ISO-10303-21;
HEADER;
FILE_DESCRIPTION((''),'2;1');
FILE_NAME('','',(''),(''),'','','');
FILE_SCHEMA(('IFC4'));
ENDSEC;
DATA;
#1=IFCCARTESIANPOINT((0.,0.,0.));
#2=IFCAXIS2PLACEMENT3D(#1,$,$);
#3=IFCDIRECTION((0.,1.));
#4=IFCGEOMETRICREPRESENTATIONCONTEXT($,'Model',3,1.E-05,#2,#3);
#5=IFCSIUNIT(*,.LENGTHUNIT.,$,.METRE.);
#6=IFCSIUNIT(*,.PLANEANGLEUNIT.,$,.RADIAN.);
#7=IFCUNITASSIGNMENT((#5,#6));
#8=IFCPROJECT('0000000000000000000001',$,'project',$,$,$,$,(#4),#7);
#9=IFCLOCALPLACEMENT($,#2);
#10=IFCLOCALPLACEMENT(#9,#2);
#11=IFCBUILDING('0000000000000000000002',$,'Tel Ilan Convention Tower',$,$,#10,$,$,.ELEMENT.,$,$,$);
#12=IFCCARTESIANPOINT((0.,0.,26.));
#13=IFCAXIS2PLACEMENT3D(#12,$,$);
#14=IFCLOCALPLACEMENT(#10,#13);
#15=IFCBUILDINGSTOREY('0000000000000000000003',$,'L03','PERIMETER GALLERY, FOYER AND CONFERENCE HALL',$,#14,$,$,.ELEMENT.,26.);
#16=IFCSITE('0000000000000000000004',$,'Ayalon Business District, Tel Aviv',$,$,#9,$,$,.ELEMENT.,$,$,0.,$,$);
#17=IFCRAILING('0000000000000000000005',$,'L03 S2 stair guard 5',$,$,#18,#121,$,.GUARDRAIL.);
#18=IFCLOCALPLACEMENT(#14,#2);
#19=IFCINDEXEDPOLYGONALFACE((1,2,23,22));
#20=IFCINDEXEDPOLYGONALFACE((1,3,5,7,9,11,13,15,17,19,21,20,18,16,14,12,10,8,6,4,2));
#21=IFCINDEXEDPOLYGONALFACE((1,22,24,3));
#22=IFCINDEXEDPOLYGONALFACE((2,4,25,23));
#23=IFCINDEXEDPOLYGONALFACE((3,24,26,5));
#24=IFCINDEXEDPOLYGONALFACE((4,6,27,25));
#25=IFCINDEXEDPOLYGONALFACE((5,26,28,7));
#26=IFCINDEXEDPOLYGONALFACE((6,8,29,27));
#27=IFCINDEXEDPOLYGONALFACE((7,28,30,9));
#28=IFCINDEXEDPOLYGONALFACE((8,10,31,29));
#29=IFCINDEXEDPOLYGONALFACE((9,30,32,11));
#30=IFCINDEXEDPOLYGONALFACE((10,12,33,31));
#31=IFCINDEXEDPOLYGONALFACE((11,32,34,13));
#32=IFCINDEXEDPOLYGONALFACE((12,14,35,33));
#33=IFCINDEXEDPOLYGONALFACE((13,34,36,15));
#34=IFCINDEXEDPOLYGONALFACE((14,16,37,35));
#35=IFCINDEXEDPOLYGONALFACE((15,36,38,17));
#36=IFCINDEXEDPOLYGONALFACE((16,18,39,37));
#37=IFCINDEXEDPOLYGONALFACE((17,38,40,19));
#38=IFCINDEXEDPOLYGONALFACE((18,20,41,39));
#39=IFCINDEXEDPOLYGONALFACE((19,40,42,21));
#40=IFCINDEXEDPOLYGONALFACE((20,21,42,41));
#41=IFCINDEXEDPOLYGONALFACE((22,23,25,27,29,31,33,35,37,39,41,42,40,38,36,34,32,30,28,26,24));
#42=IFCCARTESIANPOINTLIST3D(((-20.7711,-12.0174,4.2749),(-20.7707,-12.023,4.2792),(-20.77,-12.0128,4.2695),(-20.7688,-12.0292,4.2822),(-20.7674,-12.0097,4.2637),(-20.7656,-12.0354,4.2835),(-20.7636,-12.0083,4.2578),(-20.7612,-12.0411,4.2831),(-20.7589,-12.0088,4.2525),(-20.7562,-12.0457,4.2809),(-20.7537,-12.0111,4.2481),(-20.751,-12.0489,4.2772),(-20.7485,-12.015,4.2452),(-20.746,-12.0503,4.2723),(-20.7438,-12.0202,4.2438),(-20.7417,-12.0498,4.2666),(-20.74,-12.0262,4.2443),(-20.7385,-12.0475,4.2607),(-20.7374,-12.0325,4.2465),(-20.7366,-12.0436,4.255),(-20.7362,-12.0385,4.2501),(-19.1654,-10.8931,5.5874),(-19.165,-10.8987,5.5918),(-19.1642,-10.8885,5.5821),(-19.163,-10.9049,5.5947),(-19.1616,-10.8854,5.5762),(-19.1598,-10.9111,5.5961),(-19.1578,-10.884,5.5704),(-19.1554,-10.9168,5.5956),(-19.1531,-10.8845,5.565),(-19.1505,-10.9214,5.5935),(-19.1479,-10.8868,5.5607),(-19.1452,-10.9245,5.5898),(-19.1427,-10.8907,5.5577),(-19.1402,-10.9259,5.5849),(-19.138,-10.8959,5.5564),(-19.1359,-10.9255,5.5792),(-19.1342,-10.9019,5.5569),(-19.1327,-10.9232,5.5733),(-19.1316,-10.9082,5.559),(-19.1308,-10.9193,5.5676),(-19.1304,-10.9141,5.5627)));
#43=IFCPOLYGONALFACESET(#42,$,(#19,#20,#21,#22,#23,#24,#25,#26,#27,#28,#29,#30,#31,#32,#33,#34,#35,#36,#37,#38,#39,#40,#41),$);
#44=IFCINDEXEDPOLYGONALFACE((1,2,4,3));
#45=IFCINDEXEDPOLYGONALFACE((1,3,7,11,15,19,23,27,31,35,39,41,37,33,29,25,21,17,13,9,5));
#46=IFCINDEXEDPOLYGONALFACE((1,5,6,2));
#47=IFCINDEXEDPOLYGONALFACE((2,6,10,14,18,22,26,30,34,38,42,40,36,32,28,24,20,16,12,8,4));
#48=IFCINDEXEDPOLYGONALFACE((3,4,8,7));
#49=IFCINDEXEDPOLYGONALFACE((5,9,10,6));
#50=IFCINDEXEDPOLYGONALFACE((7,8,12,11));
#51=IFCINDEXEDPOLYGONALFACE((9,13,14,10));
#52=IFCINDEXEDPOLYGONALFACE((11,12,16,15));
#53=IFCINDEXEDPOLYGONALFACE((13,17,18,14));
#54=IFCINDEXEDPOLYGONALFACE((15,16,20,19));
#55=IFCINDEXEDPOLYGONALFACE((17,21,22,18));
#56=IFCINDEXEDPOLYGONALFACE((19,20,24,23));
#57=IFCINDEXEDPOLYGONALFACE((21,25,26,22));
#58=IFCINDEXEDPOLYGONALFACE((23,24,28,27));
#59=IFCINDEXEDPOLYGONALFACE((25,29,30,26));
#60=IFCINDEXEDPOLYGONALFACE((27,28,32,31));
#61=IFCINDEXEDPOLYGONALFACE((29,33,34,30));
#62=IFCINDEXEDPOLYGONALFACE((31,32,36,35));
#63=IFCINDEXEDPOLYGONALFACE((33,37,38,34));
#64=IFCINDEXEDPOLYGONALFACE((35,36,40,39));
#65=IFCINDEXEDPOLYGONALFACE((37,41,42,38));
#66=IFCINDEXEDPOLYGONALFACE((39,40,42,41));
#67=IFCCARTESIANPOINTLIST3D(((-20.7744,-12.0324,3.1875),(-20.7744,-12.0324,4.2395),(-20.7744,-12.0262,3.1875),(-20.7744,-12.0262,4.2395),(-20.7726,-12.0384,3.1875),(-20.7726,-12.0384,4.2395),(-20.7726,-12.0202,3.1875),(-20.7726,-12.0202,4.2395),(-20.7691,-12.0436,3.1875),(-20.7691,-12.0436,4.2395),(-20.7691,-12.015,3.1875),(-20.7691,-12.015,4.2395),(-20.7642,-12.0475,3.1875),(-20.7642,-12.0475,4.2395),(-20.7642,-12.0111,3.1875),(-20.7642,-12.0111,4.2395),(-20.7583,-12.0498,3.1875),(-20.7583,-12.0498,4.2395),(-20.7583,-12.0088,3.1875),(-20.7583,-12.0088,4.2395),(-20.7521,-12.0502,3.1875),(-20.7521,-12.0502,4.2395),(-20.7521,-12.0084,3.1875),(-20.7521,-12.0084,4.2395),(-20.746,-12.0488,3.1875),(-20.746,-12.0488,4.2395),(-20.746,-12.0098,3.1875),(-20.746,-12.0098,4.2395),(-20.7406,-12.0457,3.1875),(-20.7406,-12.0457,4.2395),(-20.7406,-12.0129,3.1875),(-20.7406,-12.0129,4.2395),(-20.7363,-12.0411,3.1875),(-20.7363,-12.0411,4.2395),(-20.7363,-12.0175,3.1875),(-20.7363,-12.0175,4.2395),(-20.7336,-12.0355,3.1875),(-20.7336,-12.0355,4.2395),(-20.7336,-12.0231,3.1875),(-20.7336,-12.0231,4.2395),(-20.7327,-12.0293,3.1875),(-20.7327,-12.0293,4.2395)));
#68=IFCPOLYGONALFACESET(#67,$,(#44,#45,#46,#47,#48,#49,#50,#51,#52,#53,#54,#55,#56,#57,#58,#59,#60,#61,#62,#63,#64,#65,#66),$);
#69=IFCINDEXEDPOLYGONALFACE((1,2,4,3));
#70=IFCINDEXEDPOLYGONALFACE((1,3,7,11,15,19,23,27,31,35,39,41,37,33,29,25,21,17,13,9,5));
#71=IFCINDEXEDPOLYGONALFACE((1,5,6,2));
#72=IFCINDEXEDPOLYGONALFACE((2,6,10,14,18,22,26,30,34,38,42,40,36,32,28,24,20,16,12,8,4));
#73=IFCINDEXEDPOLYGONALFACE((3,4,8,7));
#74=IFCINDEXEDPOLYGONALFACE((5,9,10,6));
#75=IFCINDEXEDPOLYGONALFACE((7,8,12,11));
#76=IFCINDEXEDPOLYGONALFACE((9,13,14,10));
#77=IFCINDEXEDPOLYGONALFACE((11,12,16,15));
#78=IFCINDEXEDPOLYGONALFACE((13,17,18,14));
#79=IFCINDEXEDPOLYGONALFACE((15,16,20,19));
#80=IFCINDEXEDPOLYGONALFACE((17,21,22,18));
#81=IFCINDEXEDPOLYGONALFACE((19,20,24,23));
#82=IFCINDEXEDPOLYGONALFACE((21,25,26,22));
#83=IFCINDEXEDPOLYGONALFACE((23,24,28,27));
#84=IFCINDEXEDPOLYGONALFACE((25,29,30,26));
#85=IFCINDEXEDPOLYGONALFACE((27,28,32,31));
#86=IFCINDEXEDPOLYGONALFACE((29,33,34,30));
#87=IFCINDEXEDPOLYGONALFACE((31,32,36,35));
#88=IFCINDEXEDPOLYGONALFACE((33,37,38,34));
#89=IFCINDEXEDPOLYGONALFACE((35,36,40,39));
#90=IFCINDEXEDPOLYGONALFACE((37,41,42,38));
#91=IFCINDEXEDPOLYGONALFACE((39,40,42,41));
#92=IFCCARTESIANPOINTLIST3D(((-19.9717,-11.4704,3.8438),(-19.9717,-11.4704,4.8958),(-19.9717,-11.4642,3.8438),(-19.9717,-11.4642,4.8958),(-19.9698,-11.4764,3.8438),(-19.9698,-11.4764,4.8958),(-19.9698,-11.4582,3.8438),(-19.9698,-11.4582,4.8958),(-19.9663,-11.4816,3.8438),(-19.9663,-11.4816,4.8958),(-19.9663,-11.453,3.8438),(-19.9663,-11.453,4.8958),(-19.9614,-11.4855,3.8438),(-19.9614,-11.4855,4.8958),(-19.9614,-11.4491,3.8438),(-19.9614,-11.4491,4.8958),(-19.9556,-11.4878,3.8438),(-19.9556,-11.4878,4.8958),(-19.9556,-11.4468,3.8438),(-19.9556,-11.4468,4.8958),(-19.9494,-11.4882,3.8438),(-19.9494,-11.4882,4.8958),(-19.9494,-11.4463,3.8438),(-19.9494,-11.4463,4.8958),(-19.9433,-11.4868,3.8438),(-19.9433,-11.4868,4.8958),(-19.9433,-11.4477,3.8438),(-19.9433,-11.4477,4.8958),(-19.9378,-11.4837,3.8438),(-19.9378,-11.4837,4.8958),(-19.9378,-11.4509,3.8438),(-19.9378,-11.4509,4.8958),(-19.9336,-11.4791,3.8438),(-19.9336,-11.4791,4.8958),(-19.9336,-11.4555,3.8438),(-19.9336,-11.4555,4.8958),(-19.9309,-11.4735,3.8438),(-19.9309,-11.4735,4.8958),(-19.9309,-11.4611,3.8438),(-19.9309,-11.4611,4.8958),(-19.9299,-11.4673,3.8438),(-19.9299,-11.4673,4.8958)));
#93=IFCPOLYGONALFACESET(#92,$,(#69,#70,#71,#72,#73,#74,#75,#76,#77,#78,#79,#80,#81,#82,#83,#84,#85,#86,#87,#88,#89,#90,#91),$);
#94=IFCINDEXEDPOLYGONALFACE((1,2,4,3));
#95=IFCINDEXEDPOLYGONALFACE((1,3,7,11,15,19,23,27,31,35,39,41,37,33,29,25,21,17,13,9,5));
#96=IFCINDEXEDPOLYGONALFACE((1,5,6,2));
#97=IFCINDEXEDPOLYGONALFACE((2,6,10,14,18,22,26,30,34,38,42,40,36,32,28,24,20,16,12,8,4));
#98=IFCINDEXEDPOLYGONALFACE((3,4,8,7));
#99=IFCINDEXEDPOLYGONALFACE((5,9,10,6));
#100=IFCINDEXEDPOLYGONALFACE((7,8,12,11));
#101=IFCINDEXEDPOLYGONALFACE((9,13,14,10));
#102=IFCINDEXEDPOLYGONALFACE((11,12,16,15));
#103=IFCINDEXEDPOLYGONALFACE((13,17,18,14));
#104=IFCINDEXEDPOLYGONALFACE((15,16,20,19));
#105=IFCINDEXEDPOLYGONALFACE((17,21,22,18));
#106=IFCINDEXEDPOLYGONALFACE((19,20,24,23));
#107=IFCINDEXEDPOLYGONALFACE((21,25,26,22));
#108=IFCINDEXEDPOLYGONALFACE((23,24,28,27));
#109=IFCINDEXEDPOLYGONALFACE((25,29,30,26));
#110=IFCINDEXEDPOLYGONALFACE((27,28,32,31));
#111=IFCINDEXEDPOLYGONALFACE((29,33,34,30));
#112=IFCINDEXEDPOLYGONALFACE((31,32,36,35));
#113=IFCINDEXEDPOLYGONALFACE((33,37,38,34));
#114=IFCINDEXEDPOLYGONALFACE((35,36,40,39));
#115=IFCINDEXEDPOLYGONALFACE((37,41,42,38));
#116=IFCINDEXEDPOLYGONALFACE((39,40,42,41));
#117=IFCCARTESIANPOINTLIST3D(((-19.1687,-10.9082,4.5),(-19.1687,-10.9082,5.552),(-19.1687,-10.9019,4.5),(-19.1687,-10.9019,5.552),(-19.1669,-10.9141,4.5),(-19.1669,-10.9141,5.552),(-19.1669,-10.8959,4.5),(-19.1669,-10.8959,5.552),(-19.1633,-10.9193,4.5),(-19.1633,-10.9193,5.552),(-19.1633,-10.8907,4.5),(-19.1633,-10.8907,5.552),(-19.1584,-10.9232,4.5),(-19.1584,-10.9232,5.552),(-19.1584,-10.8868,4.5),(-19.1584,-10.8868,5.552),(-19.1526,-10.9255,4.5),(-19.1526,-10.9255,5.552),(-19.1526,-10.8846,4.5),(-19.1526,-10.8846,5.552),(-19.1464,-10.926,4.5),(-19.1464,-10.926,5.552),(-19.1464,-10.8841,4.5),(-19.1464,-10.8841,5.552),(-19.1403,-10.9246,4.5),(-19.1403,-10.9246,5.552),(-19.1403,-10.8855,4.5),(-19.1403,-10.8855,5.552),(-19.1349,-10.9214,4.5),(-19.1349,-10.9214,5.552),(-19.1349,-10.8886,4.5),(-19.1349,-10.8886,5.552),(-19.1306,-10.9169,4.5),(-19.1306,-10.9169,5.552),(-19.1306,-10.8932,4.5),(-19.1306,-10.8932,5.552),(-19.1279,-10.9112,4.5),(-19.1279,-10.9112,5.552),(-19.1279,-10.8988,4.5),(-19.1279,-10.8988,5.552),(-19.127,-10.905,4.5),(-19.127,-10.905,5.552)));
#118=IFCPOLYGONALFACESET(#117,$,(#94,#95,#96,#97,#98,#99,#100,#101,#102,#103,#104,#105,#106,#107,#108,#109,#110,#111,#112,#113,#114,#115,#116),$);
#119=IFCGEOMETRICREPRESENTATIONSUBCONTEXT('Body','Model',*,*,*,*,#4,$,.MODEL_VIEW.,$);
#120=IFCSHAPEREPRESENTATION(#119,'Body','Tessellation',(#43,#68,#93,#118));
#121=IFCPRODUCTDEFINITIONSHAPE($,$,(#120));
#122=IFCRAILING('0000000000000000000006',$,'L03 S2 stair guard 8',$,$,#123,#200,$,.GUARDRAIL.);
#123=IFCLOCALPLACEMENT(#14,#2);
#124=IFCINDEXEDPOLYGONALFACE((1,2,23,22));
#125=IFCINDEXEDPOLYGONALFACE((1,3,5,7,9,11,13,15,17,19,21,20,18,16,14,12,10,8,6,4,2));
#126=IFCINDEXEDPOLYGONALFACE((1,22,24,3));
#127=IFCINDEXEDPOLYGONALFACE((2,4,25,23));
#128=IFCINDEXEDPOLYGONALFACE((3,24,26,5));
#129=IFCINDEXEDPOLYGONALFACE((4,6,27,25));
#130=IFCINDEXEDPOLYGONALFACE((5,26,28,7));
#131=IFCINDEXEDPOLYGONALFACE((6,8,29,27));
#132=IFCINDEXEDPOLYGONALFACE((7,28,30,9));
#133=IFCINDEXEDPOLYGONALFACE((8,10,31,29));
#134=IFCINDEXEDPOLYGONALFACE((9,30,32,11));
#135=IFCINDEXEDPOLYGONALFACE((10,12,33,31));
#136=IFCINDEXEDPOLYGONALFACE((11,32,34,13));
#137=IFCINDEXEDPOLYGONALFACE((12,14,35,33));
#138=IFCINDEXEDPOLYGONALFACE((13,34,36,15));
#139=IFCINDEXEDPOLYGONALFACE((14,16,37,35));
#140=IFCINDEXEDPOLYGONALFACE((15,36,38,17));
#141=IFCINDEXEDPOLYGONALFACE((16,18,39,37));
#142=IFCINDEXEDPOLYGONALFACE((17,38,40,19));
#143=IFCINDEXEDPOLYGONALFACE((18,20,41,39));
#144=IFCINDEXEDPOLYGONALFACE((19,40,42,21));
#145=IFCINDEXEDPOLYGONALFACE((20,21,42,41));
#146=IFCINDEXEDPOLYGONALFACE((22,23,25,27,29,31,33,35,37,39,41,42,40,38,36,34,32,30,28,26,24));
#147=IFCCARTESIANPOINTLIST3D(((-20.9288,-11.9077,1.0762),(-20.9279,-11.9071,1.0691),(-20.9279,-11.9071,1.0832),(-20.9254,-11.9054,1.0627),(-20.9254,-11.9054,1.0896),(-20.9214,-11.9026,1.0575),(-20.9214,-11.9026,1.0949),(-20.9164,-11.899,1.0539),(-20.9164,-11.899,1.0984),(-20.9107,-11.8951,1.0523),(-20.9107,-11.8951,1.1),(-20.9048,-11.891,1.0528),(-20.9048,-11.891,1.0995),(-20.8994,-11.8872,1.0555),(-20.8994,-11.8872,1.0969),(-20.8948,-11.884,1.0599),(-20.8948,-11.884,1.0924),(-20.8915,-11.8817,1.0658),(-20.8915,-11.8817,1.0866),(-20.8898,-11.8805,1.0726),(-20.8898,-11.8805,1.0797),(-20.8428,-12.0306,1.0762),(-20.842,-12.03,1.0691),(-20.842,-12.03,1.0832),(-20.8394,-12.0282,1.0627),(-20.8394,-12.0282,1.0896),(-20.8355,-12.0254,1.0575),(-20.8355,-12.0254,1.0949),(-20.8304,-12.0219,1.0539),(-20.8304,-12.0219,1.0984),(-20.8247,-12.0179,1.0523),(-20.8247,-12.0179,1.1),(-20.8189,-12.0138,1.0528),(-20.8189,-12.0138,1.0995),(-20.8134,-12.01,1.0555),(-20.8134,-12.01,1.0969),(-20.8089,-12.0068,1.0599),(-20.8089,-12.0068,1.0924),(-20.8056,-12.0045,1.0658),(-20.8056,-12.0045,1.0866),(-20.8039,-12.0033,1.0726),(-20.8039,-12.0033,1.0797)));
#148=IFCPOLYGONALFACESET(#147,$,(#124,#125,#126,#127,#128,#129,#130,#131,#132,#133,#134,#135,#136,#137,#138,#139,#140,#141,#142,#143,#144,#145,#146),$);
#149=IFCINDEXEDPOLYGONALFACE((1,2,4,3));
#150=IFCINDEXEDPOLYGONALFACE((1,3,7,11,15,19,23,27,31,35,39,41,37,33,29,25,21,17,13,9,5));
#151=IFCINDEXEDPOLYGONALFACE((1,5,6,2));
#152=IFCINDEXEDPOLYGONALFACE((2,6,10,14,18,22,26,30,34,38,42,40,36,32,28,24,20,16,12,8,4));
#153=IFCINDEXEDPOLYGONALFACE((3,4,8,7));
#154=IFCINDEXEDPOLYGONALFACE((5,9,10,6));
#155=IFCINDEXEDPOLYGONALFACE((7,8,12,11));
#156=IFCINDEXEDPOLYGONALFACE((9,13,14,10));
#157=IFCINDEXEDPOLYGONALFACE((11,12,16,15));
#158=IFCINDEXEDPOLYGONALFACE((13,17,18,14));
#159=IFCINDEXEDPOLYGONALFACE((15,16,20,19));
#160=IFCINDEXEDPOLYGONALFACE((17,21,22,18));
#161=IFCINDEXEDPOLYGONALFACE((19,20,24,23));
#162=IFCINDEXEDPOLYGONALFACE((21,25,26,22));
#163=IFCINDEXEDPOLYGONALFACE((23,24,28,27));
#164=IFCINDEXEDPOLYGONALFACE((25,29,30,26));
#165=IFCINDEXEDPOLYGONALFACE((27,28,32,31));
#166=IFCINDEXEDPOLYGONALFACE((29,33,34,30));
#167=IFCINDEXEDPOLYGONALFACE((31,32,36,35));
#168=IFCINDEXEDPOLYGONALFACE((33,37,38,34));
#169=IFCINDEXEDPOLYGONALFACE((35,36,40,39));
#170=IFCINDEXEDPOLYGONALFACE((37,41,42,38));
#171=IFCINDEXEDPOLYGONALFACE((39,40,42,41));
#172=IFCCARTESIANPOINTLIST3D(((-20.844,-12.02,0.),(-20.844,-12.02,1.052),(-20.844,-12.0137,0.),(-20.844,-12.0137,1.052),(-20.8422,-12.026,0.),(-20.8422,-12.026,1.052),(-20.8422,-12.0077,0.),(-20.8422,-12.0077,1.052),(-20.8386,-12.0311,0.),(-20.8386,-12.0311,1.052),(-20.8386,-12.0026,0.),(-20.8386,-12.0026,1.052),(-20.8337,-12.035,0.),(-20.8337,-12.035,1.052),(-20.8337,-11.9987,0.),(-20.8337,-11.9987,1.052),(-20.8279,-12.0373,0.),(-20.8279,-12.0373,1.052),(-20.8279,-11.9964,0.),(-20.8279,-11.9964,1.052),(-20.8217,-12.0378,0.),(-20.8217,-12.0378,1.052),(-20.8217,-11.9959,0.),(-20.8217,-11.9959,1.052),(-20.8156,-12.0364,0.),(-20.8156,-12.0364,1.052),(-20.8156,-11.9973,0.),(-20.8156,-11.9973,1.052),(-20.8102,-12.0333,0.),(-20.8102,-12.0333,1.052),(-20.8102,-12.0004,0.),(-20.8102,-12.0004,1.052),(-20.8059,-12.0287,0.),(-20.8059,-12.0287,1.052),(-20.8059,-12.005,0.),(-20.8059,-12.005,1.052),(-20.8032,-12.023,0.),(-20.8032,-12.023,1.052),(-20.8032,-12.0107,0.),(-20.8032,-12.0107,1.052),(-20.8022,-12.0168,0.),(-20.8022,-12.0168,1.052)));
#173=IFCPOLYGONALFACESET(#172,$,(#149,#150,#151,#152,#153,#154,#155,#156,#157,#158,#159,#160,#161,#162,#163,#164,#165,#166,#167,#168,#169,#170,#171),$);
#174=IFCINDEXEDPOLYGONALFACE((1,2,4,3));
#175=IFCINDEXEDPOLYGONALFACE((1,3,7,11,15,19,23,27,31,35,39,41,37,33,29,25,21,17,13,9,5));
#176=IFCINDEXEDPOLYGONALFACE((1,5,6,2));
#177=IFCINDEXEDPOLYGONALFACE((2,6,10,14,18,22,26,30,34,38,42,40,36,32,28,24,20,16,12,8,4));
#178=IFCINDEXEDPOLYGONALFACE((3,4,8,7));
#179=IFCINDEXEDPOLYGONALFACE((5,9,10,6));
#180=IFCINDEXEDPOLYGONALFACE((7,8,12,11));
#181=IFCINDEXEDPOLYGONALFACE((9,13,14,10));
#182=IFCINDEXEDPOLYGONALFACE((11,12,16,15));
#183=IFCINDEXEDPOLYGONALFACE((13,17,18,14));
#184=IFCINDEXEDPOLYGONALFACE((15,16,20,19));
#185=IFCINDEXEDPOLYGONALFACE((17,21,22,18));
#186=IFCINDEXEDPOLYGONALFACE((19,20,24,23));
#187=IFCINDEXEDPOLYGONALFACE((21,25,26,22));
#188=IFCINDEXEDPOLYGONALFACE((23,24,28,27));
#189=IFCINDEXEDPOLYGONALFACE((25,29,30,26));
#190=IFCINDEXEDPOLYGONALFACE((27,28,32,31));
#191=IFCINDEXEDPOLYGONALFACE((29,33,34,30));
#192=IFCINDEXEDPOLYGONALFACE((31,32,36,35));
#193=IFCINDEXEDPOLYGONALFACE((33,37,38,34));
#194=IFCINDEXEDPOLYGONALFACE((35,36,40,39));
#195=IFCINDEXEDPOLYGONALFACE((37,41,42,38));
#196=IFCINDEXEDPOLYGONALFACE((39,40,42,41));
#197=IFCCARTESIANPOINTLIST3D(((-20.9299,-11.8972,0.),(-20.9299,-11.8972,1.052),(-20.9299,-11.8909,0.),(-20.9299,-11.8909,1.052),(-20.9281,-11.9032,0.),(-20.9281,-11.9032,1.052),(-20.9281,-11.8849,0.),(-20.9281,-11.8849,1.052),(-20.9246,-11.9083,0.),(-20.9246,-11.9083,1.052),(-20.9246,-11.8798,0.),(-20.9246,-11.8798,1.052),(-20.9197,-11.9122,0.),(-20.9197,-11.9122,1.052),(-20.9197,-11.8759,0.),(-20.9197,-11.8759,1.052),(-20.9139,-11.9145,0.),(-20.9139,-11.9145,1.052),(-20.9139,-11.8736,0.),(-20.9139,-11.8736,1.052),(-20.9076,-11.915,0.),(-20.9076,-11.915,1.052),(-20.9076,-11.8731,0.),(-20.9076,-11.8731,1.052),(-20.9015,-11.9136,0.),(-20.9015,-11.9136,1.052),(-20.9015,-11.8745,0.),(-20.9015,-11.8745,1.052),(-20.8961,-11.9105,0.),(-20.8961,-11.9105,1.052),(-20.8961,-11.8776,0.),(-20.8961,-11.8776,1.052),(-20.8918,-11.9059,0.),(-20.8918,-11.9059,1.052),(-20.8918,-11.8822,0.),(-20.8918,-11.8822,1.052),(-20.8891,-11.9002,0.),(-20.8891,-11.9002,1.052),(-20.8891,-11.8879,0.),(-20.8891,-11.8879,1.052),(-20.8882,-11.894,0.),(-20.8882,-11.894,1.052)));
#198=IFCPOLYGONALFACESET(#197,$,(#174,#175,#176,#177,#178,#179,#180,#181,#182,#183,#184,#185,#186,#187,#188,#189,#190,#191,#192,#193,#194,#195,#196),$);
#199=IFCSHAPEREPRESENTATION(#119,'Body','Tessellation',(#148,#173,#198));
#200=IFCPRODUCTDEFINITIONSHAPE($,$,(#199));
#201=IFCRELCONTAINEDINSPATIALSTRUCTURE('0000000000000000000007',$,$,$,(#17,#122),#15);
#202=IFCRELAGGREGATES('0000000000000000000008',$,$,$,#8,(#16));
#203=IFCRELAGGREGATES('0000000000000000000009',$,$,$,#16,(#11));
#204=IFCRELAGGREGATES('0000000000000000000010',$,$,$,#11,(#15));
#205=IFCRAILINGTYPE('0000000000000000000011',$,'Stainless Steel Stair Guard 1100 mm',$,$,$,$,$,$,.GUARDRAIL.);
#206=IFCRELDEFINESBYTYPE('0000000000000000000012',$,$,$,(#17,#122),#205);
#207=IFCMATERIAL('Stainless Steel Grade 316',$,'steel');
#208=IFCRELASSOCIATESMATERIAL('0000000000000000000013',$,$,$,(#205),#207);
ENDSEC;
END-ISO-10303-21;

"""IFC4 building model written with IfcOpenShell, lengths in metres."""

from ifc_helpers import new_model, si_unit, direction, frame, origin, origin_2d, place, context, subcontext, project, spatial, circle, extrude, material, type_object, element, save


model = new_model("IFC4")

# Units and contexts
model_context = context("Model", 3, precision=1e-05, world=origin(), true_north=direction((0.0, 1.0)))
body_context = subcontext(model_context, "Body", "Model", "MODEL_VIEW")
ifc_project = project(units=[si_unit("LENGTHUNIT", "METRE"), si_unit("PLANEANGLEUNIT", "RADIAN")], contexts=[model_context])

# Site, building, storey
site_placement = place(None, origin())
site = spatial("IfcSite", under=ifc_project, at=site_placement, Name="Ayalon Business District, Tel Aviv", CompositionType="ELEMENT", RefElevation=0.0)
building_placement = place(site_placement, origin())
building = spatial("IfcBuilding", under=site, at=building_placement, Name="Tel Ilan Convention Tower", CompositionType="ELEMENT")
storey_placement = place(building_placement, frame((0.0, 0.0, 26.0)))
storey = spatial("IfcBuildingStorey", under=building, at=storey_placement, Name="L03", Description="PERIMETER GALLERY, FOYER AND CONFERENCE HALL", CompositionType="ELEMENT", Elevation=26.0)

# Railings
ifc_material_1 = material(Name="Stainless Steel Grade 316", Category="steel")
railing_type_1 = type_object("IfcRailingType", Name="Stainless Steel Stair Guard 1100 mm", PredefinedType="GUARDRAIL", material=ifc_material_1)
railing_1_placement = place(storey_placement, frame((-20.7537, -12.0293, 3.1875)))
element("IfcRailing", 1, at=railing_1_placement, inside=storey, type_object=railing_type_1, Name="L03 S2 stair guard 5", PredefinedType="GUARDRAIL", context=body_context, shape_type="SweptSolid", body=[
    extrude(circle(Radius=0.0239, at=origin_2d()), frame((0.0, 0.0, 1.0762), z_axis=(0.680671, 0.476584, 0.556376), x_axis=(-0.573554, 0.819168, 0.0)), (0.0, 0.0, 1.0), 2.3591),
    extrude(circle(Radius=0.021, at=origin_2d()), origin(), (0.0, 0.0, 1.0), 1.052),
    extrude(circle(Radius=0.021, at=origin_2d()), frame((0.8027, 0.562, 0.6562)), (0.0, 0.0, 1.0), 1.052),
    extrude(circle(Radius=0.021, at=origin_2d()), frame((1.6057, 1.1243, 1.3125)), (0.0, 0.0, 1.0), 1.052),
])
railing_2_placement = place(storey_placement, frame((-20.8232, -12.0168, 0.0)))
element("IfcRailing", 2, at=railing_2_placement, inside=storey, type_object=railing_type_1, Name="L03 S2 stair guard 8", PredefinedType="GUARDRAIL", context=body_context, shape_type="SweptSolid", body=[
    extrude(circle(Radius=0.0239, at=origin_2d()), frame((0.0, 0.0, 1.0762), z_axis=(-0.573353, 0.819308, 0.0), x_axis=(-0.819308, -0.573353, 0.0)), (0.0, 0.0, 1.0), 0.1499),
    extrude(circle(Radius=0.021, at=origin_2d()), origin(), (0.0, 0.0, 1.0), 1.052),
    extrude(circle(Radius=0.021, at=origin_2d()), frame((-0.0859, 0.1228, 0.0)), (0.0, 0.0, 1.0), 1.052),
])

save(model, "model.ifc")
